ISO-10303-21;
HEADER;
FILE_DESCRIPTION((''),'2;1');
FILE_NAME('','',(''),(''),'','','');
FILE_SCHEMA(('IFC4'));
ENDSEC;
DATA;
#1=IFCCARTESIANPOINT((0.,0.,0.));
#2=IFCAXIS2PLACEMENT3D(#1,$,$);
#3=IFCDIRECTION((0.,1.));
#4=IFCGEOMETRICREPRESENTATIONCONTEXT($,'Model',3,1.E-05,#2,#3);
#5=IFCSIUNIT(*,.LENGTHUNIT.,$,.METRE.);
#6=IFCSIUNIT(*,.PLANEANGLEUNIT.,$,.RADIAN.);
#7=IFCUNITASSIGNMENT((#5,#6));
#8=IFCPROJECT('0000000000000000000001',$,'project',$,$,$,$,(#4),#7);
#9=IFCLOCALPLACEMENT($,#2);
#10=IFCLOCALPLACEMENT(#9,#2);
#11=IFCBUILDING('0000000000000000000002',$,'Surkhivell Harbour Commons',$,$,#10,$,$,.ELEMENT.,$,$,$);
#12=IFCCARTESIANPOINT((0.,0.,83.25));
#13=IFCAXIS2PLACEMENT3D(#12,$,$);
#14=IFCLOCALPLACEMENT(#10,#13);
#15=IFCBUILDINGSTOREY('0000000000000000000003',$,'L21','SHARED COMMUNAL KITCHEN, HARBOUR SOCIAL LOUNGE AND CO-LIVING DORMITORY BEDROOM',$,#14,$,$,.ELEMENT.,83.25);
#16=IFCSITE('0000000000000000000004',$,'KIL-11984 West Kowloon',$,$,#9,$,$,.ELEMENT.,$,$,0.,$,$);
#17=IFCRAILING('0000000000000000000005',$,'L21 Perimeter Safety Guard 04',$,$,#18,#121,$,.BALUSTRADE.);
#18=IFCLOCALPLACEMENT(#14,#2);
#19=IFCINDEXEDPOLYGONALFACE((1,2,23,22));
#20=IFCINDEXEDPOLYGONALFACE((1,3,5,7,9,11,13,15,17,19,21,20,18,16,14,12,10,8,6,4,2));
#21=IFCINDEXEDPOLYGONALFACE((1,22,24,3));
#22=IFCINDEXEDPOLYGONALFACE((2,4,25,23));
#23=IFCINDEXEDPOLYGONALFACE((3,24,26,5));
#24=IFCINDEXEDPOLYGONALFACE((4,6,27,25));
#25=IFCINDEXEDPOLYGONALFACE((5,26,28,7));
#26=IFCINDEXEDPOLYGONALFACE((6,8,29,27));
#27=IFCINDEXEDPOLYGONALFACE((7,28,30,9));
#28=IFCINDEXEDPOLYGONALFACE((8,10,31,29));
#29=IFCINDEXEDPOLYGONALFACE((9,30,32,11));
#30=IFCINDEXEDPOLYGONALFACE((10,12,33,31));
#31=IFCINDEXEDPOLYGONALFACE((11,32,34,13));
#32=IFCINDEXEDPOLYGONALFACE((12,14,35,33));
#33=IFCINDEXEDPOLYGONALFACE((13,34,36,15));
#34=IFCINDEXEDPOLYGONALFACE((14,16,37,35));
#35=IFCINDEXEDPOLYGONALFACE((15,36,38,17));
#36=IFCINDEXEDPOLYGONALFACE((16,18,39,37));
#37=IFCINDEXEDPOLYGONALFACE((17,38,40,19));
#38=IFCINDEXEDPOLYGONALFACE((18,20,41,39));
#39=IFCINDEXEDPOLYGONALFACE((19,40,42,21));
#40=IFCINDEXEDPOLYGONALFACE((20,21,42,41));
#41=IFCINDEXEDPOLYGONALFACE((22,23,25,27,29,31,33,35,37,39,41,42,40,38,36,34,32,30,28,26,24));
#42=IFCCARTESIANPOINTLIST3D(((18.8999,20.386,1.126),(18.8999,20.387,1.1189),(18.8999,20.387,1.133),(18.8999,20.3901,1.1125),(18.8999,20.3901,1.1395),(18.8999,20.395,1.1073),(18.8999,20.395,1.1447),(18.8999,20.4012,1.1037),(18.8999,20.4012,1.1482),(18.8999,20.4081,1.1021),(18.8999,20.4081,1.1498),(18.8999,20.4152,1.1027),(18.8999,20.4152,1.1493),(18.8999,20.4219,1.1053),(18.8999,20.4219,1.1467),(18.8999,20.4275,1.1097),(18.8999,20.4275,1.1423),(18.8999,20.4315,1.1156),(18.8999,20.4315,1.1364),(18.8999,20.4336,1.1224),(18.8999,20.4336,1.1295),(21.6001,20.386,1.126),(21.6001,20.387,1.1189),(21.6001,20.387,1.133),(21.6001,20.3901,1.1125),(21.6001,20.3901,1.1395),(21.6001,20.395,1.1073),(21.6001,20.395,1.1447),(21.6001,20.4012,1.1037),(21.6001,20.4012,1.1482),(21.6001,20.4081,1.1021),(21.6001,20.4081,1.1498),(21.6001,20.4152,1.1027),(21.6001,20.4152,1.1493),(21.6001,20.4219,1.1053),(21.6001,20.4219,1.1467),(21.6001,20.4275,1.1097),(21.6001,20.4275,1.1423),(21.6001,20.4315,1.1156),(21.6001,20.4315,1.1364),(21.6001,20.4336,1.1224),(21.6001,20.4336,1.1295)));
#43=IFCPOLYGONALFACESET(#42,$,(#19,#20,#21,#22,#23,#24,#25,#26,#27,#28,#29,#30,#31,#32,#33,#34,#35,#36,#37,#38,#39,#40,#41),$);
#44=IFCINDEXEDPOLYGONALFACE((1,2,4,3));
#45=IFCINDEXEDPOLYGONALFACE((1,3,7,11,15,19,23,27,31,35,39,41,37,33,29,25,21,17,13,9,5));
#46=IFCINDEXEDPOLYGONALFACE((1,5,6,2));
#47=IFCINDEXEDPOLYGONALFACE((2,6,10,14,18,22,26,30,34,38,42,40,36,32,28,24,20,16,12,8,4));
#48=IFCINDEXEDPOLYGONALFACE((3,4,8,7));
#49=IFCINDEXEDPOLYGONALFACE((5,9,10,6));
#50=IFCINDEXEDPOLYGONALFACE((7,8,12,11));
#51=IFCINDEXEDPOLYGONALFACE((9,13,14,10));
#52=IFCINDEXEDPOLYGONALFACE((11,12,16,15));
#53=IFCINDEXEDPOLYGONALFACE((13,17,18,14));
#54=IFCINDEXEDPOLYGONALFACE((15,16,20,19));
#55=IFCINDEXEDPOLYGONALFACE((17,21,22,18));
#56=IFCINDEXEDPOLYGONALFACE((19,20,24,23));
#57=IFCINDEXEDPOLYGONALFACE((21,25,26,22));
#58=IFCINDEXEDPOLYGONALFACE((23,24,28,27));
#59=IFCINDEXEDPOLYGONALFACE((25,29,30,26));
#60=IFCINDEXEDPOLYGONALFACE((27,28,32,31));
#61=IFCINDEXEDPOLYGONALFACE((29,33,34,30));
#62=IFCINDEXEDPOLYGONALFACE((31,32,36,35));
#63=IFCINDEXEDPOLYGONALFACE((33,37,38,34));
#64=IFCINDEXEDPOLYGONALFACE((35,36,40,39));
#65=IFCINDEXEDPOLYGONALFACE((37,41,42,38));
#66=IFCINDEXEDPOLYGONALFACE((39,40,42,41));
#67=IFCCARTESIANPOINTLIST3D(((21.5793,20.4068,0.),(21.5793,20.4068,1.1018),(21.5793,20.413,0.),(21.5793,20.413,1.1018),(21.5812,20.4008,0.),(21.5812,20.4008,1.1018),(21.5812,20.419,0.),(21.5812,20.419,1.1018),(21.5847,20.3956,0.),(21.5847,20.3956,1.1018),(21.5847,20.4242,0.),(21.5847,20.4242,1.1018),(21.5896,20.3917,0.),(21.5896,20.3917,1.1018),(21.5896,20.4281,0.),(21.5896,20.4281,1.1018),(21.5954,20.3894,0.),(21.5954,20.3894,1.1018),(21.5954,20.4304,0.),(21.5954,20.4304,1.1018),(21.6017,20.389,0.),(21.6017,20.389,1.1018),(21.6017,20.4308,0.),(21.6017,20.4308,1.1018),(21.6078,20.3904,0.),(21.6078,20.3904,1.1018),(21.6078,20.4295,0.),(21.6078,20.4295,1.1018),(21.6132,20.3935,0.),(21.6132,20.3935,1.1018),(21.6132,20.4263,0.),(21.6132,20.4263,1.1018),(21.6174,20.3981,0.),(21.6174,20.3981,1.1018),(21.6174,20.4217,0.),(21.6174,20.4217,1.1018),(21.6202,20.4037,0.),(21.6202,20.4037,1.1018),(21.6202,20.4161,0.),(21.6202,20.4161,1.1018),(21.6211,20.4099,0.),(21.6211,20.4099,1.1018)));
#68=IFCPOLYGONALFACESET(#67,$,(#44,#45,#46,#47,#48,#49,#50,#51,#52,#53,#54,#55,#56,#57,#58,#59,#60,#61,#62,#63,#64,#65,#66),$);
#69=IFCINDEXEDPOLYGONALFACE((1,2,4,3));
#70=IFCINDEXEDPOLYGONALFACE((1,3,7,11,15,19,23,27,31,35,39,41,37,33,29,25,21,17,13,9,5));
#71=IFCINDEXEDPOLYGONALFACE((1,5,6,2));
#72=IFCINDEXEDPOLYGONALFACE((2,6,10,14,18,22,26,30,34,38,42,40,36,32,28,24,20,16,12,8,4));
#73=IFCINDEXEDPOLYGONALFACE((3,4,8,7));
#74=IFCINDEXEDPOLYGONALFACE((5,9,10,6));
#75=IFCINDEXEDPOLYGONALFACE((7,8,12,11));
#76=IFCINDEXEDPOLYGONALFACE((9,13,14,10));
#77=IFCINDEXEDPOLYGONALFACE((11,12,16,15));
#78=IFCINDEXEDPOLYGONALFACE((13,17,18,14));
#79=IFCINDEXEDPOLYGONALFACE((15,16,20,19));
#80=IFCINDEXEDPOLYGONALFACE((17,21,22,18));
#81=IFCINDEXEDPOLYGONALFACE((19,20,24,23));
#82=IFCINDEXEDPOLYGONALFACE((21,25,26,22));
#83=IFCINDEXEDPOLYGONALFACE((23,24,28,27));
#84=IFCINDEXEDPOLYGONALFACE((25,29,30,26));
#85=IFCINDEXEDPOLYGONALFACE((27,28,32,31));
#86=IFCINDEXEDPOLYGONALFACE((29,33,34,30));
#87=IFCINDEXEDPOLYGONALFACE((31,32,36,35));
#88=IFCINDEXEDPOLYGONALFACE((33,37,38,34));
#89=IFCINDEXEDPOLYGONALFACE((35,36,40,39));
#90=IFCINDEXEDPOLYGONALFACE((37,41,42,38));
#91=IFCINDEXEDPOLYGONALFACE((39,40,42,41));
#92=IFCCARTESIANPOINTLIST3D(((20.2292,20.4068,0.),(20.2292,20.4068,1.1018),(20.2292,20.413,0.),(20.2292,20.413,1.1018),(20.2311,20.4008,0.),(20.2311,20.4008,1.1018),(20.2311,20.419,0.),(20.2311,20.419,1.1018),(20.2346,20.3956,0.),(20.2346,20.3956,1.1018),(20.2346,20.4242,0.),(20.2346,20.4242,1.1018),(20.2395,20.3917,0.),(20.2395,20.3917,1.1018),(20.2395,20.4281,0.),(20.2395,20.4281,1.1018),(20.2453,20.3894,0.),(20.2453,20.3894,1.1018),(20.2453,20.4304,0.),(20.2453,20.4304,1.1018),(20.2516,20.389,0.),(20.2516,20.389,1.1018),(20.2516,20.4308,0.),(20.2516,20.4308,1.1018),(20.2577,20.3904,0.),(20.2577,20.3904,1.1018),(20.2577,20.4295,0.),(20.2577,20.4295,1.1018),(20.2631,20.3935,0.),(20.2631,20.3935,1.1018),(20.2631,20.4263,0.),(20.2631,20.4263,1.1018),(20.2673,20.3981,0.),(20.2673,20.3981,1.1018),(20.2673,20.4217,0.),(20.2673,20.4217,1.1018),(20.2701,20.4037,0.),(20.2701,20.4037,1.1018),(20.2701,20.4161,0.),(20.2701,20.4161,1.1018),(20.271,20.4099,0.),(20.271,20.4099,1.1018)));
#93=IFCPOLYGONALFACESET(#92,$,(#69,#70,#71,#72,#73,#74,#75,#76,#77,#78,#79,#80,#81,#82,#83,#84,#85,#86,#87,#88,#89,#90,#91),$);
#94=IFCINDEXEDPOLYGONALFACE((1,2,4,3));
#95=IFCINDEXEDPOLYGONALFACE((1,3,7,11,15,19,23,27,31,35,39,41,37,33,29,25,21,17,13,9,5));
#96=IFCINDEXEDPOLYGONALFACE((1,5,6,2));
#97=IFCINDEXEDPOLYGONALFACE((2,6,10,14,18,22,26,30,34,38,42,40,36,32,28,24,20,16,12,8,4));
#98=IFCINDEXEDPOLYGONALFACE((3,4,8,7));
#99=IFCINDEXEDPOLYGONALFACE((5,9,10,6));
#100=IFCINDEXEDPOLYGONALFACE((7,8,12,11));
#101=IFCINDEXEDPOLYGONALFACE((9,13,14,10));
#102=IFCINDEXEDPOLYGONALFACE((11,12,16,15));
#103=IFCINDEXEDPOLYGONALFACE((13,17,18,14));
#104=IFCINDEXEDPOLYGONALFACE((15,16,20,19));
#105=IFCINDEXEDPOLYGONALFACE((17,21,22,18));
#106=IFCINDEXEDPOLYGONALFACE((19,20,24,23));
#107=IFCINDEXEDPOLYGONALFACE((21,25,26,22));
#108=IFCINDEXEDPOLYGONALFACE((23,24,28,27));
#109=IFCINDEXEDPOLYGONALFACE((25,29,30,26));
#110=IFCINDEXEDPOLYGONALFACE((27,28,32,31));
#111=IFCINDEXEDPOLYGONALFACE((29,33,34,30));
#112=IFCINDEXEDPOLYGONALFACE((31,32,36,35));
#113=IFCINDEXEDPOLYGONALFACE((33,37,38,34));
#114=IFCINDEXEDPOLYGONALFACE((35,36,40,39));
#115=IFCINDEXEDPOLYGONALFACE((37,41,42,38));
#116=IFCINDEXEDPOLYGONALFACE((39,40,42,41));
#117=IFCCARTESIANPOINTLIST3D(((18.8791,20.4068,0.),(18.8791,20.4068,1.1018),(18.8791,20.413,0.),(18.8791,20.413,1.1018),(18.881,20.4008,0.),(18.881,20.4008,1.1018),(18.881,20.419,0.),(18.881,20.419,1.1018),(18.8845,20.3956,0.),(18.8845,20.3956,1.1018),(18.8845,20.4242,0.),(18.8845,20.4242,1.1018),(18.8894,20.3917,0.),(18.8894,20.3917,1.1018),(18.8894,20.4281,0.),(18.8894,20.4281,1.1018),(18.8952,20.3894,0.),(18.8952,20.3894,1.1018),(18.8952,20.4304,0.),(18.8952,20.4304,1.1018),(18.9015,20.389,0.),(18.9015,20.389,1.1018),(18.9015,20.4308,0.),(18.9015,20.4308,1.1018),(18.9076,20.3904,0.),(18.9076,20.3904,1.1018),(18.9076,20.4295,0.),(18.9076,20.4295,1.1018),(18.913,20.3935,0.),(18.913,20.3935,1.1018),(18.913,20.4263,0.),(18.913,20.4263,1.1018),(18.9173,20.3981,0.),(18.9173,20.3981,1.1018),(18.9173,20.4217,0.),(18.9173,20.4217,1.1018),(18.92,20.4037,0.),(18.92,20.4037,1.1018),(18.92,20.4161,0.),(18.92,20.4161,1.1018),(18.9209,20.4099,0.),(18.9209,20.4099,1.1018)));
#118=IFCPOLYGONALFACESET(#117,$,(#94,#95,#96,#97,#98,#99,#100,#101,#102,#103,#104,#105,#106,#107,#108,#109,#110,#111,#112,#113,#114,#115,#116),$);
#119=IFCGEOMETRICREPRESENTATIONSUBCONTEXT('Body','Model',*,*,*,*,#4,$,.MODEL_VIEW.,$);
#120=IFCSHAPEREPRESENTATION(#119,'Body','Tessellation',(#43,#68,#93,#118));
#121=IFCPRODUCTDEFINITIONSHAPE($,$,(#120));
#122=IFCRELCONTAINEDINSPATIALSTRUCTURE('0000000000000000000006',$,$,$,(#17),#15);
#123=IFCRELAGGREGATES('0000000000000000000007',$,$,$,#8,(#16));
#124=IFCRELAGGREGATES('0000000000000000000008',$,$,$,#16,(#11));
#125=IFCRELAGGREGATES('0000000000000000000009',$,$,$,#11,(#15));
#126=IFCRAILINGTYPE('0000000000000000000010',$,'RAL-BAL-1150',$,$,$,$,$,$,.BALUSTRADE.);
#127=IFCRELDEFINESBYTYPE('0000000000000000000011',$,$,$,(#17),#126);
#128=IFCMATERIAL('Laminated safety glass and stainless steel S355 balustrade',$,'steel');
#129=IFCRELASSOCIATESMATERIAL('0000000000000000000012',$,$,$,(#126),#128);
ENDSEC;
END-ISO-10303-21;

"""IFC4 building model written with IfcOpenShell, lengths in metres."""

from ifc_helpers import new_model, si_unit, direction, frame, origin, origin_2d, place, context, subcontext, project, spatial, circle, extrude, material, type_object, element, save


model = new_model("IFC4")

# Units and contexts
model_context = context("Model", 3, precision=1e-05, world=origin(), true_north=direction((0.0, 1.0)))
body_context = subcontext(model_context, "Body", "Model", "MODEL_VIEW")
ifc_project = project(units=[si_unit("LENGTHUNIT", "METRE"), si_unit("PLANEANGLEUNIT", "RADIAN")], contexts=[model_context])

# Site, building, storey
site_placement = place(None, origin())
site = spatial("IfcSite", under=ifc_project, at=site_placement, Name="KIL-11984 West Kowloon", CompositionType="ELEMENT", RefElevation=0.0)
building_placement = place(site_placement, origin())
building = spatial("IfcBuilding", under=site, at=building_placement, Name="Surkhivell Harbour Commons", CompositionType="ELEMENT")
storey_placement = place(building_placement, frame((0.0, 0.0, 83.25)))
storey = spatial("IfcBuildingStorey", under=building, at=storey_placement, Name="L21", Description="SHARED COMMUNAL KITCHEN, HARBOUR SOCIAL LOUNGE AND CO-LIVING DORMITORY BEDROOM", CompositionType="ELEMENT", Elevation=83.25)

# Railing
ifc_material_1 = material(Name="Laminated safety glass and stainless steel S355 balustrade", Category="steel")
railing_type = type_object("IfcRailingType", Name="RAL-BAL-1150", PredefinedType="BALUSTRADE", material=ifc_material_1)
railing_1_placement = place(storey_placement, frame((21.6001, 20.4099, 0.0)))
element("IfcRailing", 1, at=railing_1_placement, inside=storey, type_object=railing_type, Name="L21 Perimeter Safety Guard 04", PredefinedType="BALUSTRADE", context=body_context, shape_type="SweptSolid", body=[
    extrude(circle(Radius=0.0239, at=origin_2d()), frame((0.0, 0.0, 1.126), z_axis=(-1.0, 0.0, 0.0), x_axis=(0.0, -1.0, 0.0)), (0.0, 0.0, 1.0), 2.7002),
    extrude(circle(Radius=0.021, at=origin_2d()), origin(), (0.0, 0.0, 1.0), 1.1018),
    extrude(circle(Radius=0.021, at=origin_2d()), frame((-1.3501, 0.0, 0.0)), (0.0, 0.0, 1.0), 1.1018),
    extrude(circle(Radius=0.021, at=origin_2d()), frame((-2.7002, 0.0, 0.0)), (0.0, 0.0, 1.0), 1.1018),
])

save(model, "model.ifc")
